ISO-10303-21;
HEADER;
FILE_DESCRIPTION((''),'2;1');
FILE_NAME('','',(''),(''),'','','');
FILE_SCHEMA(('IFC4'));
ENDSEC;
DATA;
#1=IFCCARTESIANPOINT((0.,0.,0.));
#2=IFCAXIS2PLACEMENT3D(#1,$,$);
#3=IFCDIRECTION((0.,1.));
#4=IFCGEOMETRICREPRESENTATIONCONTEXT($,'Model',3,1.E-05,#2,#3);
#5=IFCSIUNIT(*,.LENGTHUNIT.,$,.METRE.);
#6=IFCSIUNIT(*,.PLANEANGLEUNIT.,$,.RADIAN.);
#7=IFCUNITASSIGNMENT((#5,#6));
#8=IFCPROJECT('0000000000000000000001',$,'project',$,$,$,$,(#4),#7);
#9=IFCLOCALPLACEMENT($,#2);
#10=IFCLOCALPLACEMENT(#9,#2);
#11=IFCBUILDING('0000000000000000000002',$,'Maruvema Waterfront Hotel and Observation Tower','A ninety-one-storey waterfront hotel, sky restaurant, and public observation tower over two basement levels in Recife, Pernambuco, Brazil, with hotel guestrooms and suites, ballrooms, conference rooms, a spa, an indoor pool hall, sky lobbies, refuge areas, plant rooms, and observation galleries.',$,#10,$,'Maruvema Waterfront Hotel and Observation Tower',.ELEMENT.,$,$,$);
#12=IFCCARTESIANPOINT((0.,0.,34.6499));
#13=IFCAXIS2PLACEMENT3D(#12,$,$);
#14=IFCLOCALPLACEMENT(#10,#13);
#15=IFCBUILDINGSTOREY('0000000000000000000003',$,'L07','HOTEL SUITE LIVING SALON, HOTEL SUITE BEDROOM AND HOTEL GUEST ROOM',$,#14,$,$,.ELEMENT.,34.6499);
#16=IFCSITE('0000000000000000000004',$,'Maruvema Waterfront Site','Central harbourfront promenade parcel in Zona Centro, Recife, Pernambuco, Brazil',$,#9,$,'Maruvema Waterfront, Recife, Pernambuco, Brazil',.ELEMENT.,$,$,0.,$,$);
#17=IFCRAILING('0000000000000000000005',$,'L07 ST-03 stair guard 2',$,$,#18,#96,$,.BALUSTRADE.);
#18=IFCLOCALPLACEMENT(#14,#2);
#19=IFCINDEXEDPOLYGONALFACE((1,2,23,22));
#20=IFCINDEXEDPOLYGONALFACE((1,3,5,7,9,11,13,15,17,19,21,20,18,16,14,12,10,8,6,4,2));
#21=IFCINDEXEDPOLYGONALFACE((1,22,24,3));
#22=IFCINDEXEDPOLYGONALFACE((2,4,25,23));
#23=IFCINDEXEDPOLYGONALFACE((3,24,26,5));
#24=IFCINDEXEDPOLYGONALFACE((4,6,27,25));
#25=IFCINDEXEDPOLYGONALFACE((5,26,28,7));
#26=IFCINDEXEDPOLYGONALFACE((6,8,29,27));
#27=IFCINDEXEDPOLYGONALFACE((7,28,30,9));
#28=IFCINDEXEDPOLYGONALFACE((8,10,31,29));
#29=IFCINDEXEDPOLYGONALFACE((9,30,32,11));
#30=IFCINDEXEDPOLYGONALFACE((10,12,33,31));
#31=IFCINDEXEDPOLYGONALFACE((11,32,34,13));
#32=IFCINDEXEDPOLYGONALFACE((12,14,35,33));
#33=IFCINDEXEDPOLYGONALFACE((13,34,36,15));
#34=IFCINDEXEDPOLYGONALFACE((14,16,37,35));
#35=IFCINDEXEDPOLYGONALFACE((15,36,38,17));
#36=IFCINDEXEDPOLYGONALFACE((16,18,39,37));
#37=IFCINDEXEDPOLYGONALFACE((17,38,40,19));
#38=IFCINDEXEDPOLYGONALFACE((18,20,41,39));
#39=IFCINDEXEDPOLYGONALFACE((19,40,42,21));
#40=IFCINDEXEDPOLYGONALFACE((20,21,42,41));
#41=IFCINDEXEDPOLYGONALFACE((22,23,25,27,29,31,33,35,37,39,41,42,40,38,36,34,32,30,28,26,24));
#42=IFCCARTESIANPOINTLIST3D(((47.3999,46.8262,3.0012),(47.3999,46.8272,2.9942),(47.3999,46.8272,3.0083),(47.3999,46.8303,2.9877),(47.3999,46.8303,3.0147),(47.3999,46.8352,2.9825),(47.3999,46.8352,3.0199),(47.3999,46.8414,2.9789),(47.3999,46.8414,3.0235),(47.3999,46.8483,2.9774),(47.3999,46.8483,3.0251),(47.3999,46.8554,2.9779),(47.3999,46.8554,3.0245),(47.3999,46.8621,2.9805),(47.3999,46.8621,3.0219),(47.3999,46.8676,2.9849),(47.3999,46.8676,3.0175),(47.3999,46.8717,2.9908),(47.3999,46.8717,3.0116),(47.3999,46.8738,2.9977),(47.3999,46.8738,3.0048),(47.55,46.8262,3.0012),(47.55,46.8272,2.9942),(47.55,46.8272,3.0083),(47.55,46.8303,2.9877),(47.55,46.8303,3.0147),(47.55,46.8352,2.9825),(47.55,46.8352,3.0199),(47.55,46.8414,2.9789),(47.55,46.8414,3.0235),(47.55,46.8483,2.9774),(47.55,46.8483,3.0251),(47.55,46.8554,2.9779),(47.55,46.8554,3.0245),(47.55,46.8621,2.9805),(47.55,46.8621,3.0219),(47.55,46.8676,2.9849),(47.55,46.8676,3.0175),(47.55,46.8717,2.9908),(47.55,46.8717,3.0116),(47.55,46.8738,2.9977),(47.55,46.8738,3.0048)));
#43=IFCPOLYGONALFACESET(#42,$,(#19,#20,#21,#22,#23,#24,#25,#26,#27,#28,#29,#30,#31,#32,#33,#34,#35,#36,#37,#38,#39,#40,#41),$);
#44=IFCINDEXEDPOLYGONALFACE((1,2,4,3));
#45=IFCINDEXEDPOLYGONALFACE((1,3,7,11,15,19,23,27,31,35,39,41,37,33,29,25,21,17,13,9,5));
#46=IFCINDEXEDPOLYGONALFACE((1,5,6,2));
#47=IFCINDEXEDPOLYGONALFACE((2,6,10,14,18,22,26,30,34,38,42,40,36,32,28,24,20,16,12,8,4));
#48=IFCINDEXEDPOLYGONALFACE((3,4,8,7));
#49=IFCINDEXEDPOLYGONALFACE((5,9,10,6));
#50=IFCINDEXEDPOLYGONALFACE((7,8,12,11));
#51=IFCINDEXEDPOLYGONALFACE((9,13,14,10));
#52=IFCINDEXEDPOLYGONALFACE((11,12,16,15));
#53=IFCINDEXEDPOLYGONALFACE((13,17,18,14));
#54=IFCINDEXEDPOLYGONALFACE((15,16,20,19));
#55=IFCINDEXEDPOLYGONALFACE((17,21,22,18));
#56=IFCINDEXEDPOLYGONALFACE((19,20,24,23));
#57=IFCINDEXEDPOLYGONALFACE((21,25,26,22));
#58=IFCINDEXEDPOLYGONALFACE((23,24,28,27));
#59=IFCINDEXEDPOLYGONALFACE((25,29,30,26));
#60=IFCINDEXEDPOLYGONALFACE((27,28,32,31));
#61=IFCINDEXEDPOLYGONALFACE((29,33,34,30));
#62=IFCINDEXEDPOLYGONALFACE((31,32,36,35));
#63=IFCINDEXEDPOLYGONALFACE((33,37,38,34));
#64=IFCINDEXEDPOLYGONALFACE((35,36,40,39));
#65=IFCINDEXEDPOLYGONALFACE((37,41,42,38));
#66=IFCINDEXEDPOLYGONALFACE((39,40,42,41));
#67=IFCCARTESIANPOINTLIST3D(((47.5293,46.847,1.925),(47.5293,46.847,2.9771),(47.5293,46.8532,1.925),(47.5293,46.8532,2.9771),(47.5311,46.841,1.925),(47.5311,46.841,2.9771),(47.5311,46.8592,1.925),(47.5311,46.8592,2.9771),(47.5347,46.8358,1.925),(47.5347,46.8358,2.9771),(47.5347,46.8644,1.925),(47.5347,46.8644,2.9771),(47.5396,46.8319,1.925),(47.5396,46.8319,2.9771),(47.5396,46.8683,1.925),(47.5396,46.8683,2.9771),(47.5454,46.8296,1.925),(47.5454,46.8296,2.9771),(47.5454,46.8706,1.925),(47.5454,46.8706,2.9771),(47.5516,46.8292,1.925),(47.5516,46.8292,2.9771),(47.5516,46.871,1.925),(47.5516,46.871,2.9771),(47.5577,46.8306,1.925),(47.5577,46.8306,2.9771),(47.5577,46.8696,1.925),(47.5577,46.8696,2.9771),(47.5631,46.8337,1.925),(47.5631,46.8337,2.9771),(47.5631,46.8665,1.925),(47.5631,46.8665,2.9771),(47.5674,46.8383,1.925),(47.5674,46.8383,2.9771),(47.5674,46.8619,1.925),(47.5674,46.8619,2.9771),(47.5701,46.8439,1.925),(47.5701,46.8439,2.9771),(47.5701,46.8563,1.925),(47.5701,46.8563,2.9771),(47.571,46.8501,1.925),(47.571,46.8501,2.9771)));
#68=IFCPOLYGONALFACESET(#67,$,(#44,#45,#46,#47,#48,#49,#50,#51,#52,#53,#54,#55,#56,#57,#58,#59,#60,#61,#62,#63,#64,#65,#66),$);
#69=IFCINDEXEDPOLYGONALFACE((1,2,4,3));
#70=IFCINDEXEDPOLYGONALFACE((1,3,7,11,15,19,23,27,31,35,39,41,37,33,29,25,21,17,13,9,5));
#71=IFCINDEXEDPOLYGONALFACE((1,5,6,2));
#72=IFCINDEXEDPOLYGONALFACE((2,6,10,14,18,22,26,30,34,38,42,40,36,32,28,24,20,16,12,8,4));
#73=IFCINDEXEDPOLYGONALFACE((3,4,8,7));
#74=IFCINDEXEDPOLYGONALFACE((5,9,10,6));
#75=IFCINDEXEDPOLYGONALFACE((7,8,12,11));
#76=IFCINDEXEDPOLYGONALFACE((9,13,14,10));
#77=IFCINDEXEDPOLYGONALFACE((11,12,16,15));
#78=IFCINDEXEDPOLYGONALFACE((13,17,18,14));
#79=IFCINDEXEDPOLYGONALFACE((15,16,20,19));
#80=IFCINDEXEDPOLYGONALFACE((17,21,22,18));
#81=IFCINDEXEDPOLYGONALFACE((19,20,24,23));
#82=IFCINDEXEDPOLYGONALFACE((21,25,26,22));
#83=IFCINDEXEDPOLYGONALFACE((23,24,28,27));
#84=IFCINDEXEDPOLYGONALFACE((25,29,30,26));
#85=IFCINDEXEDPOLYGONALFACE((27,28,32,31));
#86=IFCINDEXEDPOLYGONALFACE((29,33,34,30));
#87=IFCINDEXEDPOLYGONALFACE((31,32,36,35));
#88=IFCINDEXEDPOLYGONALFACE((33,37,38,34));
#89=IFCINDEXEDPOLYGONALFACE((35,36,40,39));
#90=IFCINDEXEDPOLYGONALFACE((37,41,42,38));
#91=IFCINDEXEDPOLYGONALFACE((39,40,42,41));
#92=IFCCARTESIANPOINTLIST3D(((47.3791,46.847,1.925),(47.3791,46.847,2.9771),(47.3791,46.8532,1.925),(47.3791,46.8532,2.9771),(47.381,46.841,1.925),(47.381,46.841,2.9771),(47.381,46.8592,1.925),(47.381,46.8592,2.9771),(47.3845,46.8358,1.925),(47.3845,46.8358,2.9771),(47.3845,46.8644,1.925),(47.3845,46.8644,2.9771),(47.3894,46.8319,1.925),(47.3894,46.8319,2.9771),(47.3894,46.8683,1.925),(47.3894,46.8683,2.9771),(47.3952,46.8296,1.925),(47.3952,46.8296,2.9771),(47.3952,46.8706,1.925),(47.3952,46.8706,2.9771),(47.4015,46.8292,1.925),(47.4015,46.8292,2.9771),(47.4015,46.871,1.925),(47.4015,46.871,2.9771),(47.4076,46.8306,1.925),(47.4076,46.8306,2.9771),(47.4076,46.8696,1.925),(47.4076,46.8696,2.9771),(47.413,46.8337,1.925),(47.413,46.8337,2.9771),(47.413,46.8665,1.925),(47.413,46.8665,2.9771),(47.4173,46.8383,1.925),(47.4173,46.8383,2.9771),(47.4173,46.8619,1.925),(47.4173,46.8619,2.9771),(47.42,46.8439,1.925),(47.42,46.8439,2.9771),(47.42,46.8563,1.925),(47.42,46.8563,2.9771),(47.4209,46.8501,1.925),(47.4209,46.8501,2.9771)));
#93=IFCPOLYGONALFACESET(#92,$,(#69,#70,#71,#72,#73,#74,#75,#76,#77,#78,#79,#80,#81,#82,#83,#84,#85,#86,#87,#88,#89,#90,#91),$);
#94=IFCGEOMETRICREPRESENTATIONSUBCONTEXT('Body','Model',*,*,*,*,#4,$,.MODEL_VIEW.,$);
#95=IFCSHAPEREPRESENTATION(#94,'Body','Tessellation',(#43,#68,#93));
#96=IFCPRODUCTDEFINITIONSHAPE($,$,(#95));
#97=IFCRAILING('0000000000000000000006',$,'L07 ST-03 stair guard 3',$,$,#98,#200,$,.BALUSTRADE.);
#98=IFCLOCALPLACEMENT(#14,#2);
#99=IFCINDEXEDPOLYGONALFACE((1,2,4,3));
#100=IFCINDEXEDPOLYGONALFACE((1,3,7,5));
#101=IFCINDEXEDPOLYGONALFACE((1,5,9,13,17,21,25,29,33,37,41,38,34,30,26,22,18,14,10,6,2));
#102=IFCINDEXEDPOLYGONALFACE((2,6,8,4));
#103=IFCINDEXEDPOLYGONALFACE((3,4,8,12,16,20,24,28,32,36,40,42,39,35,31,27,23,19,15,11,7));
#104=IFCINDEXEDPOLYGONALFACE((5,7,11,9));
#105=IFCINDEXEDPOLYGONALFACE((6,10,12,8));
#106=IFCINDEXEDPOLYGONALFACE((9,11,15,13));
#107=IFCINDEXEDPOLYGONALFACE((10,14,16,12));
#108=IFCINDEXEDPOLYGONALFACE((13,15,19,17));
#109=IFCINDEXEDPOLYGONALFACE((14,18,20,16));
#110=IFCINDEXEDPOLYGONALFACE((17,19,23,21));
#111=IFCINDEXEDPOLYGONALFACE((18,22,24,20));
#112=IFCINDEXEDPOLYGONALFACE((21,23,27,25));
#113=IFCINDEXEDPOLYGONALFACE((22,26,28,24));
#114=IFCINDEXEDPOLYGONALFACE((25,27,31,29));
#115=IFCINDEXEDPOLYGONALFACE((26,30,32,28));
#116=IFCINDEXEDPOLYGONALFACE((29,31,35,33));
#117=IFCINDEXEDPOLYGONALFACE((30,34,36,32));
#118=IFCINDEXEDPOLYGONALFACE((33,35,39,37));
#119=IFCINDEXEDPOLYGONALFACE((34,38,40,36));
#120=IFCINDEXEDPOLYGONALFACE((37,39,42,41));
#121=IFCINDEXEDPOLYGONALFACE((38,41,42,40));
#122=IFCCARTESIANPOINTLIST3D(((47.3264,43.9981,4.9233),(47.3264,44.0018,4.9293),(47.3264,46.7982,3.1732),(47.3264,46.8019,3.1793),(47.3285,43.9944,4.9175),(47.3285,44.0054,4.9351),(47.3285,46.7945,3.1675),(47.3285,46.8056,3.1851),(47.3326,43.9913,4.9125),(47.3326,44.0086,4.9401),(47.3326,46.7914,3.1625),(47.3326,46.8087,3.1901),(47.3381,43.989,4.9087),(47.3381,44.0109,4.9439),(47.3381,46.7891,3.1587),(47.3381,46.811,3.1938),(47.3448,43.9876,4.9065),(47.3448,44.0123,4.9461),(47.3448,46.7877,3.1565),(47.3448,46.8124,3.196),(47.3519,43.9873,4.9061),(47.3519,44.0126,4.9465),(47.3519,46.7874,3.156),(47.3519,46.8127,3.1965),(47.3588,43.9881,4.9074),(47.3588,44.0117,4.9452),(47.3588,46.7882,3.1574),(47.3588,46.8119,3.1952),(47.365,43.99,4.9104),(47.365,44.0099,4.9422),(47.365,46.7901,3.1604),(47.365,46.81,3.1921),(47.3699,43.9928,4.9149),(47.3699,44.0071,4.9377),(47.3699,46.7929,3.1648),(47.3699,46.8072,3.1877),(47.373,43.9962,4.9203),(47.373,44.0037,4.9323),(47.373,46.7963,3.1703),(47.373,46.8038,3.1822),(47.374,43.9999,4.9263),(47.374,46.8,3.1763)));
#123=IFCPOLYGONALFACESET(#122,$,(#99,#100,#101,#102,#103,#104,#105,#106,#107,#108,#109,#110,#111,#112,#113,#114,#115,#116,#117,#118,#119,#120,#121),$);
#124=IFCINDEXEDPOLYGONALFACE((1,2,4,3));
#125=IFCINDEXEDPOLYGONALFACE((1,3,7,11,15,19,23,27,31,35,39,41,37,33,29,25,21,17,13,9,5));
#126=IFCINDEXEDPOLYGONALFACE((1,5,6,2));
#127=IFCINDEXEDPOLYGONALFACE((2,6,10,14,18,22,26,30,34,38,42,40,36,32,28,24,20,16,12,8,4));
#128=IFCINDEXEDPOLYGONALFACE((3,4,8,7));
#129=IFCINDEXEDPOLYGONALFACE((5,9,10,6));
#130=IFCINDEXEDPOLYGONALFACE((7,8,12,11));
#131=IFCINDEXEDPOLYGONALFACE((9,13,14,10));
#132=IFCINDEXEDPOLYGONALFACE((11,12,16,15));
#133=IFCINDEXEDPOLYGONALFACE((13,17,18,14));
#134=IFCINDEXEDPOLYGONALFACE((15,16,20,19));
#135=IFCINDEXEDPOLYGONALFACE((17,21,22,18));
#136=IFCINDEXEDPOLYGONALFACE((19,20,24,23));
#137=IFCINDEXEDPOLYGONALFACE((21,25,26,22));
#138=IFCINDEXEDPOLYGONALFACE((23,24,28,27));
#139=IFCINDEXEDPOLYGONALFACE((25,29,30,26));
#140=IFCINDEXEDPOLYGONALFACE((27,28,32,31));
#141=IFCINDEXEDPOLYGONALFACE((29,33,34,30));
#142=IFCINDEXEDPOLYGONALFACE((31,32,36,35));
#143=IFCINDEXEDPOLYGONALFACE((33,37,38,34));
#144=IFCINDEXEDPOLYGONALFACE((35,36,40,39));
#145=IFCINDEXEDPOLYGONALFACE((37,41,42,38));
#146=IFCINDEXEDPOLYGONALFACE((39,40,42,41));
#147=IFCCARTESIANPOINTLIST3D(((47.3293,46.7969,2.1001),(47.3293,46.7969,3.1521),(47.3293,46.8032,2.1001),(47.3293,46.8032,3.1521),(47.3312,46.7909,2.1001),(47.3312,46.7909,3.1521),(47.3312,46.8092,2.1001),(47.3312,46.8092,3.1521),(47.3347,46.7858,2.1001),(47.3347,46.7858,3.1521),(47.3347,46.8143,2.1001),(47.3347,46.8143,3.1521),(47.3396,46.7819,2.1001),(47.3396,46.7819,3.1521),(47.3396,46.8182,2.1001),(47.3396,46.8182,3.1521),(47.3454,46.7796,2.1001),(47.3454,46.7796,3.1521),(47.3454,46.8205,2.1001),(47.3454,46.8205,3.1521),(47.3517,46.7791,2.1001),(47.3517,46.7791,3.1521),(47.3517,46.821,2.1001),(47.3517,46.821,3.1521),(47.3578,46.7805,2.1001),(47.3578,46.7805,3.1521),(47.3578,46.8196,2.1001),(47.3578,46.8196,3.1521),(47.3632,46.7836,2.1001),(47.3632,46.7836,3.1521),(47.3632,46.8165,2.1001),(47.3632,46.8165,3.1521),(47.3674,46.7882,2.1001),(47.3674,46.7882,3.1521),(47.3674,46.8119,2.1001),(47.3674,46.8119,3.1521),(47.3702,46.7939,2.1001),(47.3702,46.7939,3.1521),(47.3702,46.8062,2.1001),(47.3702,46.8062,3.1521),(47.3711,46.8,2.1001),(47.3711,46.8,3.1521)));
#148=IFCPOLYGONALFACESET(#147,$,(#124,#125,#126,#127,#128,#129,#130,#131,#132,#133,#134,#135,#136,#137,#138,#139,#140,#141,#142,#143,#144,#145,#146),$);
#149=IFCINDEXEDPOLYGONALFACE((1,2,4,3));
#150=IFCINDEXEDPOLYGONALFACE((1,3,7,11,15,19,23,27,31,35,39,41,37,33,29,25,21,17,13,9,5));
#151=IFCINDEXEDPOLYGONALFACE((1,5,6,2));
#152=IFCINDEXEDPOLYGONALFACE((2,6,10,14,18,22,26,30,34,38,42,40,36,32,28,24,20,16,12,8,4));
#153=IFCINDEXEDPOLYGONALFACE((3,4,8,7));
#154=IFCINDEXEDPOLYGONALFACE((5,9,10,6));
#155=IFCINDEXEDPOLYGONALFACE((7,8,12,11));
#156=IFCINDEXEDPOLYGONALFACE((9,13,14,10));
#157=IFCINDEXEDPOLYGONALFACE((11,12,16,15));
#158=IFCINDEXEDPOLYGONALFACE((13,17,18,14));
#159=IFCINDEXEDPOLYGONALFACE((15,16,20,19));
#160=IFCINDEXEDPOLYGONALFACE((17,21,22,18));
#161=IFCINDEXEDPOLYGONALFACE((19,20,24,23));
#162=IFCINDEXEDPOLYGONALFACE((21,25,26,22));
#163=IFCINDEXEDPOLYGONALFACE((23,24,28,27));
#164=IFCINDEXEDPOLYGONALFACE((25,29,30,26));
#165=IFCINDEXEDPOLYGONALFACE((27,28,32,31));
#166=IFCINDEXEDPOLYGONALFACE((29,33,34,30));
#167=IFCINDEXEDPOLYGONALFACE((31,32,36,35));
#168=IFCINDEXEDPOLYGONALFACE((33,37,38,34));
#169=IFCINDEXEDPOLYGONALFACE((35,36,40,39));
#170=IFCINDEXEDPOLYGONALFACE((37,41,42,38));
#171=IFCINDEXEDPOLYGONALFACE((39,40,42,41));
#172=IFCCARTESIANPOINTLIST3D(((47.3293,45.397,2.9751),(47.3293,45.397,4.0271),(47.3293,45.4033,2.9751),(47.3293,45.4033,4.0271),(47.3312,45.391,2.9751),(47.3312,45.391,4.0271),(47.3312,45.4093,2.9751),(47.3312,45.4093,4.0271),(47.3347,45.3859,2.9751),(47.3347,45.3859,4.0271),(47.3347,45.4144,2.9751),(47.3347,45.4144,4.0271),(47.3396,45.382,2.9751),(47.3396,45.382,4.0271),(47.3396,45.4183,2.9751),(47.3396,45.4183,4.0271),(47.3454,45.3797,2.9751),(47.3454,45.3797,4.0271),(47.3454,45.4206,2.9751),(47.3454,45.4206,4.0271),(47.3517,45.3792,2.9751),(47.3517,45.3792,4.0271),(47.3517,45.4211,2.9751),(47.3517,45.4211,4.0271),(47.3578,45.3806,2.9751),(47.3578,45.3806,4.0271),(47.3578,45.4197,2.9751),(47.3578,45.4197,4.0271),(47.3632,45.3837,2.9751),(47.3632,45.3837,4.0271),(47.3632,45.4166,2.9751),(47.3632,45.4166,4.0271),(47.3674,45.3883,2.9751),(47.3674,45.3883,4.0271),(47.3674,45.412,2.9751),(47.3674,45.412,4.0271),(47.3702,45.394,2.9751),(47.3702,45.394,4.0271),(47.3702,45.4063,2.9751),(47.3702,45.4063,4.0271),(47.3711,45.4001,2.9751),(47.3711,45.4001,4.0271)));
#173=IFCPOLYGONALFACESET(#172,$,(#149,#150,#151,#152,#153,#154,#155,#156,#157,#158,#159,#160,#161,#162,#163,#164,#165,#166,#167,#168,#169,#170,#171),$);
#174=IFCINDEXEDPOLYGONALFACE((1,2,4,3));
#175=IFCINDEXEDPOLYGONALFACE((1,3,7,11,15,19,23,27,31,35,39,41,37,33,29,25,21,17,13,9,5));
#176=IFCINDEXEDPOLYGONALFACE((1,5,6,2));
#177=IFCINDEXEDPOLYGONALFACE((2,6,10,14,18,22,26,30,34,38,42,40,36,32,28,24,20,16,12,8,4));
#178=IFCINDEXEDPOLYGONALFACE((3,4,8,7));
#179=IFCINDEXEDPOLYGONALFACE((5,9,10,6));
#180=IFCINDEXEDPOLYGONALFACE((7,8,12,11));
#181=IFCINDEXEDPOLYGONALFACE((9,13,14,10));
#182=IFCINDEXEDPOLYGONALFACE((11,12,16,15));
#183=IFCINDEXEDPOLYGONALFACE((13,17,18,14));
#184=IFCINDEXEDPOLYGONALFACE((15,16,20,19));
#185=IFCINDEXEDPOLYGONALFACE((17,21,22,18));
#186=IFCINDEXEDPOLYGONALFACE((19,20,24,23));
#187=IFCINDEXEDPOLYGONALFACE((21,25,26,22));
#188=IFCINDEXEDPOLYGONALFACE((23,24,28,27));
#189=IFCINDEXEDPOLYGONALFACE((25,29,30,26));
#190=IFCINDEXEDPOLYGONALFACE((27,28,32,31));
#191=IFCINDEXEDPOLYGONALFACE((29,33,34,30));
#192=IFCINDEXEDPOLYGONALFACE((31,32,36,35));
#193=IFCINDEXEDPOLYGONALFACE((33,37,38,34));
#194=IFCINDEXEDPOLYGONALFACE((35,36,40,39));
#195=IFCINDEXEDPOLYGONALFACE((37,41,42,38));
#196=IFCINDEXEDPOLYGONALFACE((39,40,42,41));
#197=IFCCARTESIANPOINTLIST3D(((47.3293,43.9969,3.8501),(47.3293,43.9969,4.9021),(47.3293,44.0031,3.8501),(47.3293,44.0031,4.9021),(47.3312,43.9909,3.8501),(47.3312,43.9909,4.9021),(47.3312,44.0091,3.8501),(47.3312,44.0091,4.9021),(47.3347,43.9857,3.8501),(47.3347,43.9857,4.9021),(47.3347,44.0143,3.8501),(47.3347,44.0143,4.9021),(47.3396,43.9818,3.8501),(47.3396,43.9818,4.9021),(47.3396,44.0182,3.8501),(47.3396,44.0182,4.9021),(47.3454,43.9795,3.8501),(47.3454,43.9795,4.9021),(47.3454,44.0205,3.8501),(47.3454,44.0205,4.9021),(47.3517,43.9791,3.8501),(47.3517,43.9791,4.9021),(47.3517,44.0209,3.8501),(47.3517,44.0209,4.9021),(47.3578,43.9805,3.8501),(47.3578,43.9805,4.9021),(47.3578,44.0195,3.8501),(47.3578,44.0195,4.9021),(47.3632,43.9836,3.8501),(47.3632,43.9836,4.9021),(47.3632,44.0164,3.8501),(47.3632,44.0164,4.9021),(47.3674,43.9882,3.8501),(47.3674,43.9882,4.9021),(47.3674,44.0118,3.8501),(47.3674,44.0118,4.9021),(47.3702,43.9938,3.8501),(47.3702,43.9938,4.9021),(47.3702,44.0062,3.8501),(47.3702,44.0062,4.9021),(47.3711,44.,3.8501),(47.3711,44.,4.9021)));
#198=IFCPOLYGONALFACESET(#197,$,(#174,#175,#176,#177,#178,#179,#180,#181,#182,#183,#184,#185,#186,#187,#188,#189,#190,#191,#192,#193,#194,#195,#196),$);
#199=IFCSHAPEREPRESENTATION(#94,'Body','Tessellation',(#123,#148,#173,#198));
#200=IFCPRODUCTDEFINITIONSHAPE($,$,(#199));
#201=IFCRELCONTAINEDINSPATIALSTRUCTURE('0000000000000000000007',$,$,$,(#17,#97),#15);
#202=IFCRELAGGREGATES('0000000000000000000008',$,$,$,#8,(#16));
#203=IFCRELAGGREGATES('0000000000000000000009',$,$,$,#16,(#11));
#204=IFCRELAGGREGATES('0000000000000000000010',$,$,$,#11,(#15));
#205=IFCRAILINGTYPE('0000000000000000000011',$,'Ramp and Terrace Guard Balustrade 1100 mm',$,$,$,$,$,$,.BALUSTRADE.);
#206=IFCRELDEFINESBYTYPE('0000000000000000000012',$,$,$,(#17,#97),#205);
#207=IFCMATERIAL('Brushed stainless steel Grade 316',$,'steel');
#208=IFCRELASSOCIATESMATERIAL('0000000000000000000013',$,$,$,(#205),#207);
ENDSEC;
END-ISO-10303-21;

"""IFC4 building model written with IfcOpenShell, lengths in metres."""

from ifc_helpers import new_model, si_unit, direction, frame, origin, origin_2d, place, context, subcontext, project, spatial, circle, extrude, material, type_object, element, save


model = new_model("IFC4")

# Units and contexts
model_context = context("Model", 3, precision=1e-05, world=origin(), true_north=direction((0.0, 1.0)))
body_context = subcontext(model_context, "Body", "Model", "MODEL_VIEW")
ifc_project = project(units=[si_unit("LENGTHUNIT", "METRE"), si_unit("PLANEANGLEUNIT", "RADIAN")], contexts=[model_context])

# Site, building, storey
site_placement = place(None, origin())
site = spatial("IfcSite", under=ifc_project, at=site_placement, Name="Maruvema Waterfront Site", Description="Central harbourfront promenade parcel in Zona Centro, Recife, Pernambuco, Brazil", LongName="Maruvema Waterfront, Recife, Pernambuco, Brazil", CompositionType="ELEMENT", RefElevation=0.0)
building_placement = place(site_placement, origin())
building = spatial("IfcBuilding", under=site, at=building_placement, Name="Maruvema Waterfront Hotel and Observation Tower", Description="A ninety-one-storey waterfront hotel, sky restaurant, and public observation tower over two basement levels in Recife, Pernambuco, Brazil, with hotel guestrooms and suites, ballrooms, conference rooms, a spa, an indoor pool hall, sky lobbies, refuge areas, plant rooms, and observation galleries.", LongName="Maruvema Waterfront Hotel and Observation Tower", CompositionType="ELEMENT")
storey_placement = place(building_placement, frame((0.0, 0.0, 34.6499)))
storey = spatial("IfcBuildingStorey", under=building, at=storey_placement, Name="L07", Description="HOTEL SUITE LIVING SALON, HOTEL SUITE BEDROOM AND HOTEL GUEST ROOM", CompositionType="ELEMENT", Elevation=34.6499)

# Railings
ifc_material_1 = material(Name="Brushed stainless steel Grade 316", Category="steel")
railing_type_1 = type_object("IfcRailingType", Name="Ramp and Terrace Guard Balustrade 1100 mm", PredefinedType="BALUSTRADE", material=ifc_material_1)
railing_1_placement = place(storey_placement, frame((47.55, 46.8501, 1.925)))
element("IfcRailing", 1, at=railing_1_placement, inside=storey, type_object=railing_type_1, Name="L07 ST-03 stair guard 2", PredefinedType="BALUSTRADE", context=body_context, shape_type="SweptSolid", body=[
    extrude(circle(Radius=0.0239, at=origin_2d()), frame((0.0, 0.0, 1.0762), z_axis=(-1.0, 0.0, 0.0), x_axis=(0.0, -1.0, 0.0)), (0.0, 0.0, 1.0), 0.1501),
    extrude(circle(Radius=0.021, at=origin_2d()), origin(), (0.0, 0.0, 1.0), 1.052),
    extrude(circle(Radius=0.021, at=origin_2d()), frame((-0.1501, 0.0, 0.0)), (0.0, 0.0, 1.0), 1.052),
])
railing_2_placement = place(storey_placement, frame((47.3501, 46.8, 2.1001)))
element("IfcRailing", 2, at=railing_2_placement, inside=storey, type_object=railing_type_1, Name="L07 ST-03 stair guard 3", PredefinedType="BALUSTRADE", context=body_context, shape_type="SweptSolid", body=[
    extrude(circle(Radius=0.0239, at=origin_2d()), frame((0.0, 0.0, 1.0762), z_axis=(0.0, -0.848002, 0.529992), x_axis=(1.0, 0.0, 0.0)), (0.0, 0.0, 1.0), 3.302),
    extrude(circle(Radius=0.021, at=origin_2d()), origin(), (0.0, 0.0, 1.0), 1.052),
    extrude(circle(Radius=0.021, at=origin_2d()), frame((0.0, -1.3999, 0.875)), (0.0, 0.0, 1.0), 1.052),
    extrude(circle(Radius=0.021, at=origin_2d()), frame((0.0, -2.8, 1.75)), (0.0, 0.0, 1.0), 1.052),
])

save(model, "model.ifc")
